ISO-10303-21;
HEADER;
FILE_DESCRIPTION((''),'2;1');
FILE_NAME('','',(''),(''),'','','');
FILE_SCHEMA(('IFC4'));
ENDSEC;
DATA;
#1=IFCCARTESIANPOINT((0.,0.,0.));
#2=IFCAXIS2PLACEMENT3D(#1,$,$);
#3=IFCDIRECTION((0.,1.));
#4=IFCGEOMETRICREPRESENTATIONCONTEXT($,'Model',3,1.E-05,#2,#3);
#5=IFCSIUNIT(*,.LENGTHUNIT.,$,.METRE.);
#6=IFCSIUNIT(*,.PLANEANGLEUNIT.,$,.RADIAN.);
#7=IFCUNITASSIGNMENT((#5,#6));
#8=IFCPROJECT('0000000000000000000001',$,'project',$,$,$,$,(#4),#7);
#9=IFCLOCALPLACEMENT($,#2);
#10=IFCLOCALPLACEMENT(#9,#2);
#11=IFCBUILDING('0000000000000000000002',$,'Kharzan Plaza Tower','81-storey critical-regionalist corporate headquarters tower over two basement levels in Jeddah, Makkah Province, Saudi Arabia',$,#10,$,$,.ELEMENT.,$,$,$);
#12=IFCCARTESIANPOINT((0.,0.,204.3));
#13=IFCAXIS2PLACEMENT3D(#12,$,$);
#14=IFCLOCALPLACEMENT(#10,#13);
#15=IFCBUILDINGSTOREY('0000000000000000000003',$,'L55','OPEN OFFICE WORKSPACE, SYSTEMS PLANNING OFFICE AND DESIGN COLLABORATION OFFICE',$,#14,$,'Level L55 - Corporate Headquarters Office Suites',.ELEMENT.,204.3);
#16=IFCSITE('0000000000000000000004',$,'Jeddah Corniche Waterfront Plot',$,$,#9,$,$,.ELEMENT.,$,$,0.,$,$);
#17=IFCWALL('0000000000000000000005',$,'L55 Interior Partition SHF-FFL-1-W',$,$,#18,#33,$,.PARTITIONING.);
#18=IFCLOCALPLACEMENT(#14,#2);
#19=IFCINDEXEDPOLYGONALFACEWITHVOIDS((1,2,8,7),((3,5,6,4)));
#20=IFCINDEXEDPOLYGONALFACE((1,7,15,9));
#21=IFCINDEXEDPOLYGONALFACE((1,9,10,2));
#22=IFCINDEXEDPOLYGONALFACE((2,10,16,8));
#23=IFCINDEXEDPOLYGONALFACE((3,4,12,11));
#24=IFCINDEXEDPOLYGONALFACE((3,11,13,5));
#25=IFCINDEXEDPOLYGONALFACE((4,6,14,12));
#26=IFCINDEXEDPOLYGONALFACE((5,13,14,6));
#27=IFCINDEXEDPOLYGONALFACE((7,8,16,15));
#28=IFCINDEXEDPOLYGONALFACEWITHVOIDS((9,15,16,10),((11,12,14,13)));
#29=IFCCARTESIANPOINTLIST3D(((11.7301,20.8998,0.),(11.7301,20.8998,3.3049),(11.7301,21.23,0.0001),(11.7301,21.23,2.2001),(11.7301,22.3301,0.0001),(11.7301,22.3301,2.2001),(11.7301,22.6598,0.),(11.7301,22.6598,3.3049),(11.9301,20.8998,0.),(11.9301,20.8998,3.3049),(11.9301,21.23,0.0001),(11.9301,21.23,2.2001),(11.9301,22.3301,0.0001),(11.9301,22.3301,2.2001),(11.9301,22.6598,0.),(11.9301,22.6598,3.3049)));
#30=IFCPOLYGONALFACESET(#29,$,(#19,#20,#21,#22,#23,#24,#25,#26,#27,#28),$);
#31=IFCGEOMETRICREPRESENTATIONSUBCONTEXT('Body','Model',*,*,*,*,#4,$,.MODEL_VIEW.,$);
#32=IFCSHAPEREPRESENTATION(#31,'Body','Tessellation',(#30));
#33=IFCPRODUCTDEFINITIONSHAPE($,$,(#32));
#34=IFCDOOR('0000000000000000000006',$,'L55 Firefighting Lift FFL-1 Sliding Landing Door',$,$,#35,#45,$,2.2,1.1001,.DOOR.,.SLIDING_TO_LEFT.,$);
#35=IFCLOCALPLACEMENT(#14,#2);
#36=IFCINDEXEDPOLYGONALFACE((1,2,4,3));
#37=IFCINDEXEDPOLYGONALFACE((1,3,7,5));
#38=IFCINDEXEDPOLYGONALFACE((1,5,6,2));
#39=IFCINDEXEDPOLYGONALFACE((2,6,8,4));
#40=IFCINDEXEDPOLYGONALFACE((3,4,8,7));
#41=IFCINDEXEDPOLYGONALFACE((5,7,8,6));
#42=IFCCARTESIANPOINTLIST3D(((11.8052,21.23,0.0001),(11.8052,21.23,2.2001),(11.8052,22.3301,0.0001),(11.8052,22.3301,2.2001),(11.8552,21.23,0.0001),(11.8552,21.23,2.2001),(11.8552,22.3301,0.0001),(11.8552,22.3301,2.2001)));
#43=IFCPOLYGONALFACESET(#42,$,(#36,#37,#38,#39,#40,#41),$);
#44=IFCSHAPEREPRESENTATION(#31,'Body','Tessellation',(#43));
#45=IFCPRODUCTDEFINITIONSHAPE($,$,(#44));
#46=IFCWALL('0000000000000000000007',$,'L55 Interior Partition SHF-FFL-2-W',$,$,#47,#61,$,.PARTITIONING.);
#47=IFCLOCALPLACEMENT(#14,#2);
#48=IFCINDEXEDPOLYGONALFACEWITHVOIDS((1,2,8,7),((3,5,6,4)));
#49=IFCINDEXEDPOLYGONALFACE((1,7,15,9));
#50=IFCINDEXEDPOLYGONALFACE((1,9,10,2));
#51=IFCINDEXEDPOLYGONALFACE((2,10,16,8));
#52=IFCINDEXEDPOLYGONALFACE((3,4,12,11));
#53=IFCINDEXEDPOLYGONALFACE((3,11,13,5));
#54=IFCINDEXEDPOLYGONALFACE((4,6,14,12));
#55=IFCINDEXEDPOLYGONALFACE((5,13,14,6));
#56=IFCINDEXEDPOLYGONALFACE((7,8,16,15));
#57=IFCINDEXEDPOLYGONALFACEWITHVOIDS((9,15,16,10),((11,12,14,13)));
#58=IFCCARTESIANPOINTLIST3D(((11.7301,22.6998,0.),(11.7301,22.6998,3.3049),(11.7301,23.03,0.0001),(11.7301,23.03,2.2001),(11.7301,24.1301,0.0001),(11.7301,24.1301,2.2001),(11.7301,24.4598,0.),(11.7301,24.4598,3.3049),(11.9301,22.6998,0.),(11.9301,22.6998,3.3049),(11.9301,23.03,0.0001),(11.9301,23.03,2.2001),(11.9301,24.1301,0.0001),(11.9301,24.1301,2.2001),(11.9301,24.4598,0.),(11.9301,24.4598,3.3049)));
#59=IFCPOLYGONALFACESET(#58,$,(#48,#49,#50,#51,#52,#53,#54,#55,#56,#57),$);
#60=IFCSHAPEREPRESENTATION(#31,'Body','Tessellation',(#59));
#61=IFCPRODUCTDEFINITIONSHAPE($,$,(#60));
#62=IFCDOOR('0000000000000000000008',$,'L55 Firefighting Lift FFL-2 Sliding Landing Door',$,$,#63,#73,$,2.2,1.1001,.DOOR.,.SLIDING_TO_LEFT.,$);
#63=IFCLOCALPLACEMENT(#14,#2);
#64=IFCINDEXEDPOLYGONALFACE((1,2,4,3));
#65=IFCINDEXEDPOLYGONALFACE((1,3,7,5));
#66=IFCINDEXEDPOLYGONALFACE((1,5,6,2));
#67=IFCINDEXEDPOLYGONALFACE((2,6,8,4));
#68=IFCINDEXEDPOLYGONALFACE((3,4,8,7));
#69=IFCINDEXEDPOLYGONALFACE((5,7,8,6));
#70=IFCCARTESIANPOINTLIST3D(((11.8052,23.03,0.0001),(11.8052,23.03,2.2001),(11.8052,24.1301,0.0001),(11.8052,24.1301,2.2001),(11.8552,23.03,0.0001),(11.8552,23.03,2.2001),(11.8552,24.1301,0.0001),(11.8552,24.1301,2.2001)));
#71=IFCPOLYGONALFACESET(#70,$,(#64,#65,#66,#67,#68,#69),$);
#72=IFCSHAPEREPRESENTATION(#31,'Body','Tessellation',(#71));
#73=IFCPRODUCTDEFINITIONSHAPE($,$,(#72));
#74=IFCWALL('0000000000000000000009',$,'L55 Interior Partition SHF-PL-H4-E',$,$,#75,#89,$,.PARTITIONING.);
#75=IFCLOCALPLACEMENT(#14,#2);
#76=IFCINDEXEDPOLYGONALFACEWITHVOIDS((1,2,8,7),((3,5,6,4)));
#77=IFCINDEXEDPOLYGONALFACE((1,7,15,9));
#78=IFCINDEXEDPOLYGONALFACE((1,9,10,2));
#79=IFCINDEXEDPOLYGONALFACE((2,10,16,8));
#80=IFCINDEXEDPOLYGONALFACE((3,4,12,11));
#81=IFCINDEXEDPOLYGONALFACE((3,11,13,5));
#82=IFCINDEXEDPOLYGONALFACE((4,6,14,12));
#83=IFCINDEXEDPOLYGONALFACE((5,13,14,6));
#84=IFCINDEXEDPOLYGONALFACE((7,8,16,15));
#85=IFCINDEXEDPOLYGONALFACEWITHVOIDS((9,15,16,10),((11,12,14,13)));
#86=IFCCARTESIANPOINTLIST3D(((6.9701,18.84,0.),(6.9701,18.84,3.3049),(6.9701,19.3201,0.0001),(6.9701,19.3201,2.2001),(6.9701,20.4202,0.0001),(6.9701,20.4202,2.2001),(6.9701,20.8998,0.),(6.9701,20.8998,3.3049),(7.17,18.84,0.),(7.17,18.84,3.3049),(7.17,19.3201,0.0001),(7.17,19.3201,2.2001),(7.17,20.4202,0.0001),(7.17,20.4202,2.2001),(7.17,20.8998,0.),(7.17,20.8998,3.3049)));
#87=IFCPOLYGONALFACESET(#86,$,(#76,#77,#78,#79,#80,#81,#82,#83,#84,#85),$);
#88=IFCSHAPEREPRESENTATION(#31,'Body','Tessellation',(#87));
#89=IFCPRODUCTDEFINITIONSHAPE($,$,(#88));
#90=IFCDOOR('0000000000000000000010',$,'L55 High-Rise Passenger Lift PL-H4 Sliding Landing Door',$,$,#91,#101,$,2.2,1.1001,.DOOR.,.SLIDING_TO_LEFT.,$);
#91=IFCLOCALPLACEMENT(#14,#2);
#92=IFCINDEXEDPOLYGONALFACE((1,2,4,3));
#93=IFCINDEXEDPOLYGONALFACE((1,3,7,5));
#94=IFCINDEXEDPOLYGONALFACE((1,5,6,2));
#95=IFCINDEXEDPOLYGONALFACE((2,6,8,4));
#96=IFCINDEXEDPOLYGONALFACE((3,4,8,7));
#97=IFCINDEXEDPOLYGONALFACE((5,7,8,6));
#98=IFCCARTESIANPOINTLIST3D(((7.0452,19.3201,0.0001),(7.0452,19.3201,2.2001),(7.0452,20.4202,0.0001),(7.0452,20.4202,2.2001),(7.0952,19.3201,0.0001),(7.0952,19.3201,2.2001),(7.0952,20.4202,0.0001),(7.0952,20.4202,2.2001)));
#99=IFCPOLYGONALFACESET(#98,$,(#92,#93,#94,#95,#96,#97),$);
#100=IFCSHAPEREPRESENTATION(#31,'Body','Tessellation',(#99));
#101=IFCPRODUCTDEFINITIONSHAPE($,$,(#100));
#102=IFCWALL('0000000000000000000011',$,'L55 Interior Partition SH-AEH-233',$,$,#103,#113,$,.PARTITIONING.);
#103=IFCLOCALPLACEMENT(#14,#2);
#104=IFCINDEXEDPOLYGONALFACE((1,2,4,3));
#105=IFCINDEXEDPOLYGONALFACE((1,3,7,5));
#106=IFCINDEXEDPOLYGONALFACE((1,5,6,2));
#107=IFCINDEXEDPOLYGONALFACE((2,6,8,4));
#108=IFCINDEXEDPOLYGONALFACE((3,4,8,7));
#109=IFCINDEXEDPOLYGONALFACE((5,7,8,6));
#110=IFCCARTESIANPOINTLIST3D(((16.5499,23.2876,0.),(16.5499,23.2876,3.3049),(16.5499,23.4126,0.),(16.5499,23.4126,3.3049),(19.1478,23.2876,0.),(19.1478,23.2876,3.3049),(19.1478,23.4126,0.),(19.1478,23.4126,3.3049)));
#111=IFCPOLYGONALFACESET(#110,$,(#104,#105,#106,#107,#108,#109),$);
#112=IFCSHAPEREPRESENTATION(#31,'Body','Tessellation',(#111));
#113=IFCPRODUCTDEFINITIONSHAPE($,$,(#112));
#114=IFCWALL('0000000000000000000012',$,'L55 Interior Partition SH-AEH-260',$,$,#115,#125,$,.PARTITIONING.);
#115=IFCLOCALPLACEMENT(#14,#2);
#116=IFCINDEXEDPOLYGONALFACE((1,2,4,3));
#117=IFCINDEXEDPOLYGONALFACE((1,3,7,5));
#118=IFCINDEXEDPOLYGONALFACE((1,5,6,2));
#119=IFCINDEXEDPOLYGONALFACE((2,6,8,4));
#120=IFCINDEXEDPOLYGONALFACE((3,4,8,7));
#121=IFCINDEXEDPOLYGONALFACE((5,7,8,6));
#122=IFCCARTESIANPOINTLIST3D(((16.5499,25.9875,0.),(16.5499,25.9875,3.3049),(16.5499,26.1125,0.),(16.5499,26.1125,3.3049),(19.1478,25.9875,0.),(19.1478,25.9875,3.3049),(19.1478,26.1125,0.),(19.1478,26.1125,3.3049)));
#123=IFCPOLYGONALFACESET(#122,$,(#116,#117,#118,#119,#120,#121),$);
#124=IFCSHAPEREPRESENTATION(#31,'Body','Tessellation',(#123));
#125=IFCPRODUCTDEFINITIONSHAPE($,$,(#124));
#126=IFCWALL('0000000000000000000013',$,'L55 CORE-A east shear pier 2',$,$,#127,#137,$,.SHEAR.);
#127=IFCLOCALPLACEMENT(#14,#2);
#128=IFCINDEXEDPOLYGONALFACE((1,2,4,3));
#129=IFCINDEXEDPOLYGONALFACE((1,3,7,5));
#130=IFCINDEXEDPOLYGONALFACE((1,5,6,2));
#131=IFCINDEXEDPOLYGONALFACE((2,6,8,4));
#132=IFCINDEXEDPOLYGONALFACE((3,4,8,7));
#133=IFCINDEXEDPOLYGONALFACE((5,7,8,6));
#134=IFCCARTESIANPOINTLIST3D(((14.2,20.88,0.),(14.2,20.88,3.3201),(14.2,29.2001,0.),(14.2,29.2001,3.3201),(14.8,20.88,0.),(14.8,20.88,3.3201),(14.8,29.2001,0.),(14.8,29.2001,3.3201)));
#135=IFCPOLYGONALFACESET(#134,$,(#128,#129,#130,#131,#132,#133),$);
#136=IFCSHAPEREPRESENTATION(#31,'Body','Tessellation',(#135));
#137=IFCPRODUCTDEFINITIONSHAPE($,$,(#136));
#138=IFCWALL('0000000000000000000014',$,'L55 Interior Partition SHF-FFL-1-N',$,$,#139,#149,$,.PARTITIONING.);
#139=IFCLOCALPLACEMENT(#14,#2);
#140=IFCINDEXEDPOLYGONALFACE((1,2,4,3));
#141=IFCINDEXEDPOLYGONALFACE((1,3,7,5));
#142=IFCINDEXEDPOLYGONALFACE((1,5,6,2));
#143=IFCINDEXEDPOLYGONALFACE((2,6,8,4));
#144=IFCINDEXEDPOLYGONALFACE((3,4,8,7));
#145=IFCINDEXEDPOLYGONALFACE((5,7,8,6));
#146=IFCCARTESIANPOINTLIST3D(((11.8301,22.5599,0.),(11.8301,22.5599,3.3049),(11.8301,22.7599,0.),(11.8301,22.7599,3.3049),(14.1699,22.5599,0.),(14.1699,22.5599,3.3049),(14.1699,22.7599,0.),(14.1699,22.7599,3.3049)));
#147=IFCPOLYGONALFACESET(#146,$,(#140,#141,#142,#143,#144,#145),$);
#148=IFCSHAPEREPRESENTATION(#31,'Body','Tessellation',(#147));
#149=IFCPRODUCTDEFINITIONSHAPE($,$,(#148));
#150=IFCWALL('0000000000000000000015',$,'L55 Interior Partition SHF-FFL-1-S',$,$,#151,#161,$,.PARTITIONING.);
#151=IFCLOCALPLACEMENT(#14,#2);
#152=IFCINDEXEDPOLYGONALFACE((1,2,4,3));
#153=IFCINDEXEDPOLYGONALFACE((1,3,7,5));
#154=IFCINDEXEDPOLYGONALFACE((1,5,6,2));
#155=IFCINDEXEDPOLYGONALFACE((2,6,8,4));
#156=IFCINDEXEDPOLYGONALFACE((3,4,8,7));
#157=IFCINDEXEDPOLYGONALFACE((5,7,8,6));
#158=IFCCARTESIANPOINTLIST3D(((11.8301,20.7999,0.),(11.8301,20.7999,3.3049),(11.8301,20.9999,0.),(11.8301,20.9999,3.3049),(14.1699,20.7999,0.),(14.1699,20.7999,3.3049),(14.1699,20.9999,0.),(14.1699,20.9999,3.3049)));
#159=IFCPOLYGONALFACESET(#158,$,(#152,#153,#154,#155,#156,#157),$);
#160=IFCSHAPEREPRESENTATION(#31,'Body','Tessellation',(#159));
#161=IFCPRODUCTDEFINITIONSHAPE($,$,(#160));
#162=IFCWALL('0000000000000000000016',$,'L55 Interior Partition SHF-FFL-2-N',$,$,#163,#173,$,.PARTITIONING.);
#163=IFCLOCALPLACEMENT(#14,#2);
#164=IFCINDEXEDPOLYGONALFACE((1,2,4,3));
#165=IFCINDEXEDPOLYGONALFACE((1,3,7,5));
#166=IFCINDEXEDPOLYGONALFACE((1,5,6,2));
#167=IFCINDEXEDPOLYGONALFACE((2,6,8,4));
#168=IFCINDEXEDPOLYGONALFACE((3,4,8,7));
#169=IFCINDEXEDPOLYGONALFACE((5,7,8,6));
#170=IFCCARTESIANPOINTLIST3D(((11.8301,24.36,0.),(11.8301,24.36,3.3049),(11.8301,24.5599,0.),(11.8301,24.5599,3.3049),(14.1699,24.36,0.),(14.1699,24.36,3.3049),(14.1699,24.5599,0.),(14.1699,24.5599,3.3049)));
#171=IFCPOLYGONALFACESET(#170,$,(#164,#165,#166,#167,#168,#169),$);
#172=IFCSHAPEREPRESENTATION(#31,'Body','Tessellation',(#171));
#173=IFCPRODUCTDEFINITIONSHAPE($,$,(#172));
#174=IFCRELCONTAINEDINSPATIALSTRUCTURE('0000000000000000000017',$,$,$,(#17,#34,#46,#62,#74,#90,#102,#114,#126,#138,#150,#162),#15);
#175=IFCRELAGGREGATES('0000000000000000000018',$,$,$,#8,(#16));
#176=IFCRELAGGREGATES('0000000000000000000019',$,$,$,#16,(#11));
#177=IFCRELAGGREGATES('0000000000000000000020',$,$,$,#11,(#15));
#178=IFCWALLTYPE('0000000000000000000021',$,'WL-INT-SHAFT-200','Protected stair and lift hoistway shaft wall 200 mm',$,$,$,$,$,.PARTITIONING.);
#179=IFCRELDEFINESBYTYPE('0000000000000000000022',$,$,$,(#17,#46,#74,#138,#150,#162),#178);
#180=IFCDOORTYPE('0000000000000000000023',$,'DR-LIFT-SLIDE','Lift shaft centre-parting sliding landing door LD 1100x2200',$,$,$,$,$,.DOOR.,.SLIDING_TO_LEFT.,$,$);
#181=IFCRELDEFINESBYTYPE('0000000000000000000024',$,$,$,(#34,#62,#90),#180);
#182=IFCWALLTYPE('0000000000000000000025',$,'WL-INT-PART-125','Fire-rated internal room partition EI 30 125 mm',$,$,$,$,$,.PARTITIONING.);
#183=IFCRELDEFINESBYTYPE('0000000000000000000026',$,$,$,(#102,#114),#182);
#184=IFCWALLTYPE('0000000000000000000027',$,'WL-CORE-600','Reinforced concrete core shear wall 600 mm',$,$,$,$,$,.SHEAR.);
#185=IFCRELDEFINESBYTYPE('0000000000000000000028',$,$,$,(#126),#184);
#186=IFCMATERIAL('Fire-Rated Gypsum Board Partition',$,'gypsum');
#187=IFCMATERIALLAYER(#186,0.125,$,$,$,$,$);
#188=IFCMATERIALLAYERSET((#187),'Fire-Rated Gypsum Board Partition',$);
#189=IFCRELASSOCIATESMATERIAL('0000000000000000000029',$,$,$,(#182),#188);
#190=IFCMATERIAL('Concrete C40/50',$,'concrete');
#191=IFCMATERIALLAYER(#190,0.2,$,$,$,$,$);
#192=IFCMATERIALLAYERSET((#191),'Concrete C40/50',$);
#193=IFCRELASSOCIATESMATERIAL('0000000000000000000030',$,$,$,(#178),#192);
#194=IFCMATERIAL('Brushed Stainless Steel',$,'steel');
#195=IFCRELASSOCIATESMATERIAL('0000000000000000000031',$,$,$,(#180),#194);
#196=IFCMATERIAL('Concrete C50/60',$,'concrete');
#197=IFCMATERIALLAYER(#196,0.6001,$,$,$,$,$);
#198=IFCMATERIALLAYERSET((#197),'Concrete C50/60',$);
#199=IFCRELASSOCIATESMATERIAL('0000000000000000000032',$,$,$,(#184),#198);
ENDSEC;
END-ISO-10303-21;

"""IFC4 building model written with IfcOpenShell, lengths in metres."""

from ifc_helpers import new_model, si_unit, direction, frame, frame_2d, origin, place, context, subcontext, project, spatial, rectangle, extrude, source, transform, mapped, material, layer, layer_set, type_object, element, fill, save


model = new_model("IFC4")

# Units and contexts
model_context = context("Model", 3, precision=1e-05, world=origin(), true_north=direction((0.0, 1.0)))
body_context = subcontext(model_context, "Body", "Model", "MODEL_VIEW")
ifc_project = project(units=[si_unit("LENGTHUNIT", "METRE"), si_unit("PLANEANGLEUNIT", "RADIAN")], contexts=[model_context])

# Site, building, storey
site_placement = place(None, origin())
site = spatial("IfcSite", under=ifc_project, at=site_placement, Name="Jeddah Corniche Waterfront Plot", CompositionType="ELEMENT", RefElevation=0.0)
building_placement = place(site_placement, origin())
building = spatial("IfcBuilding", under=site, at=building_placement, Name="Kharzan Plaza Tower", Description="81-storey critical-regionalist corporate headquarters tower over two basement levels in Jeddah, Makkah Province, Saudi Arabia", CompositionType="ELEMENT")
storey_placement = place(building_placement, frame((0.0, 0.0, 204.3)))
storey = spatial("IfcBuildingStorey", under=building, at=storey_placement, Name="L55", Description="OPEN OFFICE WORKSPACE, SYSTEMS PLANNING OFFICE AND DESIGN COLLABORATION OFFICE", LongName="Level L55 - Corporate Headquarters Office Suites", CompositionType="ELEMENT", Elevation=204.3)

# Walls, openings, doors
ifc_material_1 = material(Name="Concrete C40/50", Category="concrete")
ifc_material_2 = material(Name="Fire-Rated Gypsum Board Partition", Category="gypsum")
ifc_layer_1 = layer(ifc_material_2, 0.125)
ifc_layer_set_1 = layer_set([ifc_layer_1], Name="Fire-Rated Gypsum Board Partition")
wall_type_1 = type_object("IfcWallType", Name="WL-INT-PART-125", Description="Fire-rated internal room partition EI 30 125 mm", PredefinedType="PARTITIONING", material=ifc_layer_set_1)
ifc_layer_2 = layer(ifc_material_1, 0.2)
ifc_layer_set_2 = layer_set([ifc_layer_2], Name="Concrete C40/50")
wall_type_2 = type_object("IfcWallType", Name="WL-INT-SHAFT-200", Description="Protected stair and lift hoistway shaft wall 200 mm", PredefinedType="PARTITIONING", material=ifc_layer_set_2)
wall_1_placement = place(storey_placement, frame((11.8301, 20.8999, 0.0), z_axis=(0.0, 0.0, 1.0), x_axis=(0.0, 1.0, 0.0)))
wall_1 = element("IfcWall", 1, at=wall_1_placement, inside=storey, type_object=wall_type_2, Name="L55 Interior Partition SHF-FFL-1-W", PredefinedType="PARTITIONING", context=body_context, shape_type="SweptSolid", body=[
    extrude(rectangle(XDim=1.76, YDim=0.2, at=frame_2d((0.8799, 0.0))), origin(), (0.0, 0.0, 1.0), 3.3049),
])
opening_1_placement = place(wall_1_placement, frame((0.3301, 0.0, 0.0)))
opening_1 = element("IfcOpeningElement", 2, at=opening_1_placement, cuts=wall_1, PredefinedType="OPENING", context=body_context, shape_type="SweptSolid", body=[
    extrude(rectangle(XDim=1.1001, YDim=2.2, at=frame_2d((0.55, 1.1001))), frame((0.0, 0.1099, 0.0), z_axis=(0.0, -1.0, 0.0), x_axis=(1.0, 0.0, 0.0)), (0.0, 0.0, 1.0), 0.22),
])
ifc_material_3 = material(Name="Brushed Stainless Steel", Category="steel")
door_type_1 = type_object("IfcDoorType", Name="DR-LIFT-SLIDE", Description="Lift shaft centre-parting sliding landing door LD 1100x2200", OperationType="SLIDING_TO_LEFT", PredefinedType="DOOR", material=ifc_material_3)
shared_shape_1 = source(origin(), body_context, "Body", "SweptSolid", [
    extrude(rectangle(XDim=1.1001, YDim=2.2, at=frame_2d((0.55, 1.1001))), frame((0.0, 0.0249, 0.0), z_axis=(0.0, -1.0, 0.0), x_axis=(1.0, 0.0, 0.0)), (0.0, 0.0, 1.0), 0.05),
])
door_1_placement = place(opening_1_placement, origin())
door_1 = element("IfcDoor", 3, at=door_1_placement, inside=storey, type_object=door_type_1, Name="L55 Firefighting Lift FFL-1 Sliding Landing Door", OperationType="SLIDING_TO_LEFT", OverallHeight=2.2, OverallWidth=1.1001, PredefinedType="DOOR", context=body_context, shape_type="MappedRepresentation", body=[
    mapped(shared_shape_1, transform((0.0, 0.0, 0.0), x_axis=(1.0, 0.0, 0.0), y_axis=(0.0, 1.0, 0.0), z_axis=(0.0, 0.0, 1.0))),
])
fill(opening_1, door_1)
wall_2_placement = place(storey_placement, frame((11.8301, 22.7, 0.0), z_axis=(0.0, 0.0, 1.0), x_axis=(0.0, 1.0, 0.0)))
wall_2 = element("IfcWall", 4, at=wall_2_placement, inside=storey, type_object=wall_type_2, Name="L55 Interior Partition SHF-FFL-2-W", PredefinedType="PARTITIONING", context=body_context, shape_type="SweptSolid", body=[
    extrude(rectangle(XDim=1.76, YDim=0.2, at=frame_2d((0.8799, 0.0))), origin(), (0.0, 0.0, 1.0), 3.3049),
])
opening_2_placement = place(wall_2_placement, frame((0.3301, 0.0, 0.0)))
opening_2 = element("IfcOpeningElement", 5, at=opening_2_placement, cuts=wall_2, PredefinedType="OPENING", context=body_context, shape_type="SweptSolid", body=[
    extrude(rectangle(XDim=1.1001, YDim=2.2, at=frame_2d((0.55, 1.1001))), frame((0.0, 0.1099, 0.0), z_axis=(0.0, -1.0, 0.0), x_axis=(1.0, 0.0, 0.0)), (0.0, 0.0, 1.0), 0.22),
])
door_2_placement = place(opening_2_placement, origin())
door_2 = element("IfcDoor", 6, at=door_2_placement, inside=storey, type_object=door_type_1, Name="L55 Firefighting Lift FFL-2 Sliding Landing Door", OperationType="SLIDING_TO_LEFT", OverallHeight=2.2, OverallWidth=1.1001, PredefinedType="DOOR", context=body_context, shape_type="MappedRepresentation", body=[
    mapped(shared_shape_1, transform((0.0, 0.0, 0.0), x_axis=(1.0, 0.0, 0.0), y_axis=(0.0, 1.0, 0.0), z_axis=(0.0, 0.0, 1.0))),
])
fill(opening_2, door_2)
wall_3_placement = place(storey_placement, frame((7.0701, 18.8401, 0.0), z_axis=(0.0, 0.0, 1.0), x_axis=(0.0, 1.0, 0.0)))
wall_3 = element("IfcWall", 7, at=wall_3_placement, inside=storey, type_object=wall_type_2, Name="L55 Interior Partition SHF-PL-H4-E", PredefinedType="PARTITIONING", context=body_context, shape_type="SweptSolid", body=[
    extrude(rectangle(XDim=2.0598, YDim=0.2, at=frame_2d((1.0298, 0.0))), origin(), (0.0, 0.0, 1.0), 3.3049),
])
opening_3_placement = place(wall_3_placement, frame((0.48, 0.0, 0.0)))
opening_3 = element("IfcOpeningElement", 8, at=opening_3_placement, cuts=wall_3, PredefinedType="OPENING", context=body_context, shape_type="SweptSolid", body=[
    extrude(rectangle(XDim=1.1001, YDim=2.2, at=frame_2d((0.55, 1.1001))), frame((0.0, 0.1099, 0.0), z_axis=(0.0, -1.0, 0.0), x_axis=(1.0, 0.0, 0.0)), (0.0, 0.0, 1.0), 0.22),
])
door_3_placement = place(opening_3_placement, origin())
door_3 = element("IfcDoor", 9, at=door_3_placement, inside=storey, type_object=door_type_1, Name="L55 High-Rise Passenger Lift PL-H4 Sliding Landing Door", OperationType="SLIDING_TO_LEFT", OverallHeight=2.2, OverallWidth=1.1001, PredefinedType="DOOR", context=body_context, shape_type="MappedRepresentation", body=[
    mapped(shared_shape_1, transform((0.0, 0.0, 0.0), x_axis=(1.0, 0.0, 0.0), y_axis=(0.0, 1.0, 0.0), z_axis=(0.0, 0.0, 1.0))),
])
fill(opening_3, door_3)

# Walls
shared_shape_2 = source(origin(), body_context, "Body", "SweptSolid", [
    extrude(rectangle(XDim=2.5979, YDim=0.125, at=frame_2d((1.2988, 0.0))), origin(), (0.0, 0.0, 1.0), 3.3049),
])
for number, where, z_axis, x_axis, name in (
    (10, (16.55, 23.3501, 0.0), (0.0, 0.0, 1.0), (1.0, 0.0, 0.0), "L55 Interior Partition SH-AEH-233"),
    (11, (16.55, 26.05, 0.0), (0.0, 0.0, 1.0), (1.0, 0.0, 0.0), "L55 Interior Partition SH-AEH-260"),
):
    element("IfcWall", number, at=place(storey_placement, frame(where, z_axis=z_axis, x_axis=x_axis)), inside=storey, type_object=wall_type_1, Name=name, PredefinedType="PARTITIONING", context=body_context, shape_type="MappedRepresentation", body=[
        mapped(shared_shape_2, transform((0.0, 0.0, 0.0), x_axis=(1.0, 0.0, 0.0), y_axis=(0.0, 1.0, 0.0), z_axis=(0.0, 0.0, 1.0))),
    ])
ifc_material_4 = material(Name="Concrete C50/60", Category="concrete")
ifc_layer_3 = layer(ifc_material_4, 0.6001)
ifc_layer_set_3 = layer_set([ifc_layer_3], Name="Concrete C50/60")
wall_type_3 = type_object("IfcWallType", Name="WL-CORE-600", Description="Reinforced concrete core shear wall 600 mm", PredefinedType="SHEAR", material=ifc_layer_set_3)
shared_shape_3 = source(origin(), body_context, "Body", "SweptSolid", [
    extrude(rectangle(XDim=8.3201, YDim=0.6001, at=frame_2d((4.1602, 0.0))), origin(), (0.0, 0.0, 1.0), 3.3201),
])
wall_4_placement = place(storey_placement, frame((14.5, 20.8799, 0.0), z_axis=(0.0, 0.0, 1.0), x_axis=(0.0, 1.0, 0.0)))
element("IfcWall", 12, at=wall_4_placement, inside=storey, type_object=wall_type_3, Name="L55 CORE-A east shear pier 2", PredefinedType="SHEAR", context=body_context, shape_type="MappedRepresentation", body=[
    mapped(shared_shape_3, transform((0.0, 0.0, 0.0), x_axis=(1.0, 0.0, 0.0), y_axis=(0.0, 1.0, 0.0), z_axis=(0.0, 0.0, 1.0))),
])
shared_shape_4 = source(origin(), body_context, "Body", "SweptSolid", [
    extrude(rectangle(XDim=2.3398, YDim=0.2, at=frame_2d((1.1699, 0.0))), origin(), (0.0, 0.0, 1.0), 3.3049),
])
for number, where, z_axis, x_axis, name in (
    (13, (11.8301, 22.6599, 0.0), (0.0, 0.0, 1.0), (1.0, 0.0, 0.0), "L55 Interior Partition SHF-FFL-1-N"),
    (14, (11.8301, 20.8999, 0.0), (0.0, 0.0, 1.0), (1.0, 0.0, 0.0), "L55 Interior Partition SHF-FFL-1-S"),
    (15, (11.8301, 24.46, 0.0), (0.0, 0.0, 1.0), (1.0, 0.0, 0.0), "L55 Interior Partition SHF-FFL-2-N"),
):
    element("IfcWall", number, at=place(storey_placement, frame(where, z_axis=z_axis, x_axis=x_axis)), inside=storey, type_object=wall_type_2, Name=name, PredefinedType="PARTITIONING", context=body_context, shape_type="MappedRepresentation", body=[
        mapped(shared_shape_4, transform((0.0, 0.0, 0.0), x_axis=(1.0, 0.0, 0.0), y_axis=(0.0, 1.0, 0.0), z_axis=(0.0, 0.0, 1.0))),
    ])

save(model, "model.ifc")
